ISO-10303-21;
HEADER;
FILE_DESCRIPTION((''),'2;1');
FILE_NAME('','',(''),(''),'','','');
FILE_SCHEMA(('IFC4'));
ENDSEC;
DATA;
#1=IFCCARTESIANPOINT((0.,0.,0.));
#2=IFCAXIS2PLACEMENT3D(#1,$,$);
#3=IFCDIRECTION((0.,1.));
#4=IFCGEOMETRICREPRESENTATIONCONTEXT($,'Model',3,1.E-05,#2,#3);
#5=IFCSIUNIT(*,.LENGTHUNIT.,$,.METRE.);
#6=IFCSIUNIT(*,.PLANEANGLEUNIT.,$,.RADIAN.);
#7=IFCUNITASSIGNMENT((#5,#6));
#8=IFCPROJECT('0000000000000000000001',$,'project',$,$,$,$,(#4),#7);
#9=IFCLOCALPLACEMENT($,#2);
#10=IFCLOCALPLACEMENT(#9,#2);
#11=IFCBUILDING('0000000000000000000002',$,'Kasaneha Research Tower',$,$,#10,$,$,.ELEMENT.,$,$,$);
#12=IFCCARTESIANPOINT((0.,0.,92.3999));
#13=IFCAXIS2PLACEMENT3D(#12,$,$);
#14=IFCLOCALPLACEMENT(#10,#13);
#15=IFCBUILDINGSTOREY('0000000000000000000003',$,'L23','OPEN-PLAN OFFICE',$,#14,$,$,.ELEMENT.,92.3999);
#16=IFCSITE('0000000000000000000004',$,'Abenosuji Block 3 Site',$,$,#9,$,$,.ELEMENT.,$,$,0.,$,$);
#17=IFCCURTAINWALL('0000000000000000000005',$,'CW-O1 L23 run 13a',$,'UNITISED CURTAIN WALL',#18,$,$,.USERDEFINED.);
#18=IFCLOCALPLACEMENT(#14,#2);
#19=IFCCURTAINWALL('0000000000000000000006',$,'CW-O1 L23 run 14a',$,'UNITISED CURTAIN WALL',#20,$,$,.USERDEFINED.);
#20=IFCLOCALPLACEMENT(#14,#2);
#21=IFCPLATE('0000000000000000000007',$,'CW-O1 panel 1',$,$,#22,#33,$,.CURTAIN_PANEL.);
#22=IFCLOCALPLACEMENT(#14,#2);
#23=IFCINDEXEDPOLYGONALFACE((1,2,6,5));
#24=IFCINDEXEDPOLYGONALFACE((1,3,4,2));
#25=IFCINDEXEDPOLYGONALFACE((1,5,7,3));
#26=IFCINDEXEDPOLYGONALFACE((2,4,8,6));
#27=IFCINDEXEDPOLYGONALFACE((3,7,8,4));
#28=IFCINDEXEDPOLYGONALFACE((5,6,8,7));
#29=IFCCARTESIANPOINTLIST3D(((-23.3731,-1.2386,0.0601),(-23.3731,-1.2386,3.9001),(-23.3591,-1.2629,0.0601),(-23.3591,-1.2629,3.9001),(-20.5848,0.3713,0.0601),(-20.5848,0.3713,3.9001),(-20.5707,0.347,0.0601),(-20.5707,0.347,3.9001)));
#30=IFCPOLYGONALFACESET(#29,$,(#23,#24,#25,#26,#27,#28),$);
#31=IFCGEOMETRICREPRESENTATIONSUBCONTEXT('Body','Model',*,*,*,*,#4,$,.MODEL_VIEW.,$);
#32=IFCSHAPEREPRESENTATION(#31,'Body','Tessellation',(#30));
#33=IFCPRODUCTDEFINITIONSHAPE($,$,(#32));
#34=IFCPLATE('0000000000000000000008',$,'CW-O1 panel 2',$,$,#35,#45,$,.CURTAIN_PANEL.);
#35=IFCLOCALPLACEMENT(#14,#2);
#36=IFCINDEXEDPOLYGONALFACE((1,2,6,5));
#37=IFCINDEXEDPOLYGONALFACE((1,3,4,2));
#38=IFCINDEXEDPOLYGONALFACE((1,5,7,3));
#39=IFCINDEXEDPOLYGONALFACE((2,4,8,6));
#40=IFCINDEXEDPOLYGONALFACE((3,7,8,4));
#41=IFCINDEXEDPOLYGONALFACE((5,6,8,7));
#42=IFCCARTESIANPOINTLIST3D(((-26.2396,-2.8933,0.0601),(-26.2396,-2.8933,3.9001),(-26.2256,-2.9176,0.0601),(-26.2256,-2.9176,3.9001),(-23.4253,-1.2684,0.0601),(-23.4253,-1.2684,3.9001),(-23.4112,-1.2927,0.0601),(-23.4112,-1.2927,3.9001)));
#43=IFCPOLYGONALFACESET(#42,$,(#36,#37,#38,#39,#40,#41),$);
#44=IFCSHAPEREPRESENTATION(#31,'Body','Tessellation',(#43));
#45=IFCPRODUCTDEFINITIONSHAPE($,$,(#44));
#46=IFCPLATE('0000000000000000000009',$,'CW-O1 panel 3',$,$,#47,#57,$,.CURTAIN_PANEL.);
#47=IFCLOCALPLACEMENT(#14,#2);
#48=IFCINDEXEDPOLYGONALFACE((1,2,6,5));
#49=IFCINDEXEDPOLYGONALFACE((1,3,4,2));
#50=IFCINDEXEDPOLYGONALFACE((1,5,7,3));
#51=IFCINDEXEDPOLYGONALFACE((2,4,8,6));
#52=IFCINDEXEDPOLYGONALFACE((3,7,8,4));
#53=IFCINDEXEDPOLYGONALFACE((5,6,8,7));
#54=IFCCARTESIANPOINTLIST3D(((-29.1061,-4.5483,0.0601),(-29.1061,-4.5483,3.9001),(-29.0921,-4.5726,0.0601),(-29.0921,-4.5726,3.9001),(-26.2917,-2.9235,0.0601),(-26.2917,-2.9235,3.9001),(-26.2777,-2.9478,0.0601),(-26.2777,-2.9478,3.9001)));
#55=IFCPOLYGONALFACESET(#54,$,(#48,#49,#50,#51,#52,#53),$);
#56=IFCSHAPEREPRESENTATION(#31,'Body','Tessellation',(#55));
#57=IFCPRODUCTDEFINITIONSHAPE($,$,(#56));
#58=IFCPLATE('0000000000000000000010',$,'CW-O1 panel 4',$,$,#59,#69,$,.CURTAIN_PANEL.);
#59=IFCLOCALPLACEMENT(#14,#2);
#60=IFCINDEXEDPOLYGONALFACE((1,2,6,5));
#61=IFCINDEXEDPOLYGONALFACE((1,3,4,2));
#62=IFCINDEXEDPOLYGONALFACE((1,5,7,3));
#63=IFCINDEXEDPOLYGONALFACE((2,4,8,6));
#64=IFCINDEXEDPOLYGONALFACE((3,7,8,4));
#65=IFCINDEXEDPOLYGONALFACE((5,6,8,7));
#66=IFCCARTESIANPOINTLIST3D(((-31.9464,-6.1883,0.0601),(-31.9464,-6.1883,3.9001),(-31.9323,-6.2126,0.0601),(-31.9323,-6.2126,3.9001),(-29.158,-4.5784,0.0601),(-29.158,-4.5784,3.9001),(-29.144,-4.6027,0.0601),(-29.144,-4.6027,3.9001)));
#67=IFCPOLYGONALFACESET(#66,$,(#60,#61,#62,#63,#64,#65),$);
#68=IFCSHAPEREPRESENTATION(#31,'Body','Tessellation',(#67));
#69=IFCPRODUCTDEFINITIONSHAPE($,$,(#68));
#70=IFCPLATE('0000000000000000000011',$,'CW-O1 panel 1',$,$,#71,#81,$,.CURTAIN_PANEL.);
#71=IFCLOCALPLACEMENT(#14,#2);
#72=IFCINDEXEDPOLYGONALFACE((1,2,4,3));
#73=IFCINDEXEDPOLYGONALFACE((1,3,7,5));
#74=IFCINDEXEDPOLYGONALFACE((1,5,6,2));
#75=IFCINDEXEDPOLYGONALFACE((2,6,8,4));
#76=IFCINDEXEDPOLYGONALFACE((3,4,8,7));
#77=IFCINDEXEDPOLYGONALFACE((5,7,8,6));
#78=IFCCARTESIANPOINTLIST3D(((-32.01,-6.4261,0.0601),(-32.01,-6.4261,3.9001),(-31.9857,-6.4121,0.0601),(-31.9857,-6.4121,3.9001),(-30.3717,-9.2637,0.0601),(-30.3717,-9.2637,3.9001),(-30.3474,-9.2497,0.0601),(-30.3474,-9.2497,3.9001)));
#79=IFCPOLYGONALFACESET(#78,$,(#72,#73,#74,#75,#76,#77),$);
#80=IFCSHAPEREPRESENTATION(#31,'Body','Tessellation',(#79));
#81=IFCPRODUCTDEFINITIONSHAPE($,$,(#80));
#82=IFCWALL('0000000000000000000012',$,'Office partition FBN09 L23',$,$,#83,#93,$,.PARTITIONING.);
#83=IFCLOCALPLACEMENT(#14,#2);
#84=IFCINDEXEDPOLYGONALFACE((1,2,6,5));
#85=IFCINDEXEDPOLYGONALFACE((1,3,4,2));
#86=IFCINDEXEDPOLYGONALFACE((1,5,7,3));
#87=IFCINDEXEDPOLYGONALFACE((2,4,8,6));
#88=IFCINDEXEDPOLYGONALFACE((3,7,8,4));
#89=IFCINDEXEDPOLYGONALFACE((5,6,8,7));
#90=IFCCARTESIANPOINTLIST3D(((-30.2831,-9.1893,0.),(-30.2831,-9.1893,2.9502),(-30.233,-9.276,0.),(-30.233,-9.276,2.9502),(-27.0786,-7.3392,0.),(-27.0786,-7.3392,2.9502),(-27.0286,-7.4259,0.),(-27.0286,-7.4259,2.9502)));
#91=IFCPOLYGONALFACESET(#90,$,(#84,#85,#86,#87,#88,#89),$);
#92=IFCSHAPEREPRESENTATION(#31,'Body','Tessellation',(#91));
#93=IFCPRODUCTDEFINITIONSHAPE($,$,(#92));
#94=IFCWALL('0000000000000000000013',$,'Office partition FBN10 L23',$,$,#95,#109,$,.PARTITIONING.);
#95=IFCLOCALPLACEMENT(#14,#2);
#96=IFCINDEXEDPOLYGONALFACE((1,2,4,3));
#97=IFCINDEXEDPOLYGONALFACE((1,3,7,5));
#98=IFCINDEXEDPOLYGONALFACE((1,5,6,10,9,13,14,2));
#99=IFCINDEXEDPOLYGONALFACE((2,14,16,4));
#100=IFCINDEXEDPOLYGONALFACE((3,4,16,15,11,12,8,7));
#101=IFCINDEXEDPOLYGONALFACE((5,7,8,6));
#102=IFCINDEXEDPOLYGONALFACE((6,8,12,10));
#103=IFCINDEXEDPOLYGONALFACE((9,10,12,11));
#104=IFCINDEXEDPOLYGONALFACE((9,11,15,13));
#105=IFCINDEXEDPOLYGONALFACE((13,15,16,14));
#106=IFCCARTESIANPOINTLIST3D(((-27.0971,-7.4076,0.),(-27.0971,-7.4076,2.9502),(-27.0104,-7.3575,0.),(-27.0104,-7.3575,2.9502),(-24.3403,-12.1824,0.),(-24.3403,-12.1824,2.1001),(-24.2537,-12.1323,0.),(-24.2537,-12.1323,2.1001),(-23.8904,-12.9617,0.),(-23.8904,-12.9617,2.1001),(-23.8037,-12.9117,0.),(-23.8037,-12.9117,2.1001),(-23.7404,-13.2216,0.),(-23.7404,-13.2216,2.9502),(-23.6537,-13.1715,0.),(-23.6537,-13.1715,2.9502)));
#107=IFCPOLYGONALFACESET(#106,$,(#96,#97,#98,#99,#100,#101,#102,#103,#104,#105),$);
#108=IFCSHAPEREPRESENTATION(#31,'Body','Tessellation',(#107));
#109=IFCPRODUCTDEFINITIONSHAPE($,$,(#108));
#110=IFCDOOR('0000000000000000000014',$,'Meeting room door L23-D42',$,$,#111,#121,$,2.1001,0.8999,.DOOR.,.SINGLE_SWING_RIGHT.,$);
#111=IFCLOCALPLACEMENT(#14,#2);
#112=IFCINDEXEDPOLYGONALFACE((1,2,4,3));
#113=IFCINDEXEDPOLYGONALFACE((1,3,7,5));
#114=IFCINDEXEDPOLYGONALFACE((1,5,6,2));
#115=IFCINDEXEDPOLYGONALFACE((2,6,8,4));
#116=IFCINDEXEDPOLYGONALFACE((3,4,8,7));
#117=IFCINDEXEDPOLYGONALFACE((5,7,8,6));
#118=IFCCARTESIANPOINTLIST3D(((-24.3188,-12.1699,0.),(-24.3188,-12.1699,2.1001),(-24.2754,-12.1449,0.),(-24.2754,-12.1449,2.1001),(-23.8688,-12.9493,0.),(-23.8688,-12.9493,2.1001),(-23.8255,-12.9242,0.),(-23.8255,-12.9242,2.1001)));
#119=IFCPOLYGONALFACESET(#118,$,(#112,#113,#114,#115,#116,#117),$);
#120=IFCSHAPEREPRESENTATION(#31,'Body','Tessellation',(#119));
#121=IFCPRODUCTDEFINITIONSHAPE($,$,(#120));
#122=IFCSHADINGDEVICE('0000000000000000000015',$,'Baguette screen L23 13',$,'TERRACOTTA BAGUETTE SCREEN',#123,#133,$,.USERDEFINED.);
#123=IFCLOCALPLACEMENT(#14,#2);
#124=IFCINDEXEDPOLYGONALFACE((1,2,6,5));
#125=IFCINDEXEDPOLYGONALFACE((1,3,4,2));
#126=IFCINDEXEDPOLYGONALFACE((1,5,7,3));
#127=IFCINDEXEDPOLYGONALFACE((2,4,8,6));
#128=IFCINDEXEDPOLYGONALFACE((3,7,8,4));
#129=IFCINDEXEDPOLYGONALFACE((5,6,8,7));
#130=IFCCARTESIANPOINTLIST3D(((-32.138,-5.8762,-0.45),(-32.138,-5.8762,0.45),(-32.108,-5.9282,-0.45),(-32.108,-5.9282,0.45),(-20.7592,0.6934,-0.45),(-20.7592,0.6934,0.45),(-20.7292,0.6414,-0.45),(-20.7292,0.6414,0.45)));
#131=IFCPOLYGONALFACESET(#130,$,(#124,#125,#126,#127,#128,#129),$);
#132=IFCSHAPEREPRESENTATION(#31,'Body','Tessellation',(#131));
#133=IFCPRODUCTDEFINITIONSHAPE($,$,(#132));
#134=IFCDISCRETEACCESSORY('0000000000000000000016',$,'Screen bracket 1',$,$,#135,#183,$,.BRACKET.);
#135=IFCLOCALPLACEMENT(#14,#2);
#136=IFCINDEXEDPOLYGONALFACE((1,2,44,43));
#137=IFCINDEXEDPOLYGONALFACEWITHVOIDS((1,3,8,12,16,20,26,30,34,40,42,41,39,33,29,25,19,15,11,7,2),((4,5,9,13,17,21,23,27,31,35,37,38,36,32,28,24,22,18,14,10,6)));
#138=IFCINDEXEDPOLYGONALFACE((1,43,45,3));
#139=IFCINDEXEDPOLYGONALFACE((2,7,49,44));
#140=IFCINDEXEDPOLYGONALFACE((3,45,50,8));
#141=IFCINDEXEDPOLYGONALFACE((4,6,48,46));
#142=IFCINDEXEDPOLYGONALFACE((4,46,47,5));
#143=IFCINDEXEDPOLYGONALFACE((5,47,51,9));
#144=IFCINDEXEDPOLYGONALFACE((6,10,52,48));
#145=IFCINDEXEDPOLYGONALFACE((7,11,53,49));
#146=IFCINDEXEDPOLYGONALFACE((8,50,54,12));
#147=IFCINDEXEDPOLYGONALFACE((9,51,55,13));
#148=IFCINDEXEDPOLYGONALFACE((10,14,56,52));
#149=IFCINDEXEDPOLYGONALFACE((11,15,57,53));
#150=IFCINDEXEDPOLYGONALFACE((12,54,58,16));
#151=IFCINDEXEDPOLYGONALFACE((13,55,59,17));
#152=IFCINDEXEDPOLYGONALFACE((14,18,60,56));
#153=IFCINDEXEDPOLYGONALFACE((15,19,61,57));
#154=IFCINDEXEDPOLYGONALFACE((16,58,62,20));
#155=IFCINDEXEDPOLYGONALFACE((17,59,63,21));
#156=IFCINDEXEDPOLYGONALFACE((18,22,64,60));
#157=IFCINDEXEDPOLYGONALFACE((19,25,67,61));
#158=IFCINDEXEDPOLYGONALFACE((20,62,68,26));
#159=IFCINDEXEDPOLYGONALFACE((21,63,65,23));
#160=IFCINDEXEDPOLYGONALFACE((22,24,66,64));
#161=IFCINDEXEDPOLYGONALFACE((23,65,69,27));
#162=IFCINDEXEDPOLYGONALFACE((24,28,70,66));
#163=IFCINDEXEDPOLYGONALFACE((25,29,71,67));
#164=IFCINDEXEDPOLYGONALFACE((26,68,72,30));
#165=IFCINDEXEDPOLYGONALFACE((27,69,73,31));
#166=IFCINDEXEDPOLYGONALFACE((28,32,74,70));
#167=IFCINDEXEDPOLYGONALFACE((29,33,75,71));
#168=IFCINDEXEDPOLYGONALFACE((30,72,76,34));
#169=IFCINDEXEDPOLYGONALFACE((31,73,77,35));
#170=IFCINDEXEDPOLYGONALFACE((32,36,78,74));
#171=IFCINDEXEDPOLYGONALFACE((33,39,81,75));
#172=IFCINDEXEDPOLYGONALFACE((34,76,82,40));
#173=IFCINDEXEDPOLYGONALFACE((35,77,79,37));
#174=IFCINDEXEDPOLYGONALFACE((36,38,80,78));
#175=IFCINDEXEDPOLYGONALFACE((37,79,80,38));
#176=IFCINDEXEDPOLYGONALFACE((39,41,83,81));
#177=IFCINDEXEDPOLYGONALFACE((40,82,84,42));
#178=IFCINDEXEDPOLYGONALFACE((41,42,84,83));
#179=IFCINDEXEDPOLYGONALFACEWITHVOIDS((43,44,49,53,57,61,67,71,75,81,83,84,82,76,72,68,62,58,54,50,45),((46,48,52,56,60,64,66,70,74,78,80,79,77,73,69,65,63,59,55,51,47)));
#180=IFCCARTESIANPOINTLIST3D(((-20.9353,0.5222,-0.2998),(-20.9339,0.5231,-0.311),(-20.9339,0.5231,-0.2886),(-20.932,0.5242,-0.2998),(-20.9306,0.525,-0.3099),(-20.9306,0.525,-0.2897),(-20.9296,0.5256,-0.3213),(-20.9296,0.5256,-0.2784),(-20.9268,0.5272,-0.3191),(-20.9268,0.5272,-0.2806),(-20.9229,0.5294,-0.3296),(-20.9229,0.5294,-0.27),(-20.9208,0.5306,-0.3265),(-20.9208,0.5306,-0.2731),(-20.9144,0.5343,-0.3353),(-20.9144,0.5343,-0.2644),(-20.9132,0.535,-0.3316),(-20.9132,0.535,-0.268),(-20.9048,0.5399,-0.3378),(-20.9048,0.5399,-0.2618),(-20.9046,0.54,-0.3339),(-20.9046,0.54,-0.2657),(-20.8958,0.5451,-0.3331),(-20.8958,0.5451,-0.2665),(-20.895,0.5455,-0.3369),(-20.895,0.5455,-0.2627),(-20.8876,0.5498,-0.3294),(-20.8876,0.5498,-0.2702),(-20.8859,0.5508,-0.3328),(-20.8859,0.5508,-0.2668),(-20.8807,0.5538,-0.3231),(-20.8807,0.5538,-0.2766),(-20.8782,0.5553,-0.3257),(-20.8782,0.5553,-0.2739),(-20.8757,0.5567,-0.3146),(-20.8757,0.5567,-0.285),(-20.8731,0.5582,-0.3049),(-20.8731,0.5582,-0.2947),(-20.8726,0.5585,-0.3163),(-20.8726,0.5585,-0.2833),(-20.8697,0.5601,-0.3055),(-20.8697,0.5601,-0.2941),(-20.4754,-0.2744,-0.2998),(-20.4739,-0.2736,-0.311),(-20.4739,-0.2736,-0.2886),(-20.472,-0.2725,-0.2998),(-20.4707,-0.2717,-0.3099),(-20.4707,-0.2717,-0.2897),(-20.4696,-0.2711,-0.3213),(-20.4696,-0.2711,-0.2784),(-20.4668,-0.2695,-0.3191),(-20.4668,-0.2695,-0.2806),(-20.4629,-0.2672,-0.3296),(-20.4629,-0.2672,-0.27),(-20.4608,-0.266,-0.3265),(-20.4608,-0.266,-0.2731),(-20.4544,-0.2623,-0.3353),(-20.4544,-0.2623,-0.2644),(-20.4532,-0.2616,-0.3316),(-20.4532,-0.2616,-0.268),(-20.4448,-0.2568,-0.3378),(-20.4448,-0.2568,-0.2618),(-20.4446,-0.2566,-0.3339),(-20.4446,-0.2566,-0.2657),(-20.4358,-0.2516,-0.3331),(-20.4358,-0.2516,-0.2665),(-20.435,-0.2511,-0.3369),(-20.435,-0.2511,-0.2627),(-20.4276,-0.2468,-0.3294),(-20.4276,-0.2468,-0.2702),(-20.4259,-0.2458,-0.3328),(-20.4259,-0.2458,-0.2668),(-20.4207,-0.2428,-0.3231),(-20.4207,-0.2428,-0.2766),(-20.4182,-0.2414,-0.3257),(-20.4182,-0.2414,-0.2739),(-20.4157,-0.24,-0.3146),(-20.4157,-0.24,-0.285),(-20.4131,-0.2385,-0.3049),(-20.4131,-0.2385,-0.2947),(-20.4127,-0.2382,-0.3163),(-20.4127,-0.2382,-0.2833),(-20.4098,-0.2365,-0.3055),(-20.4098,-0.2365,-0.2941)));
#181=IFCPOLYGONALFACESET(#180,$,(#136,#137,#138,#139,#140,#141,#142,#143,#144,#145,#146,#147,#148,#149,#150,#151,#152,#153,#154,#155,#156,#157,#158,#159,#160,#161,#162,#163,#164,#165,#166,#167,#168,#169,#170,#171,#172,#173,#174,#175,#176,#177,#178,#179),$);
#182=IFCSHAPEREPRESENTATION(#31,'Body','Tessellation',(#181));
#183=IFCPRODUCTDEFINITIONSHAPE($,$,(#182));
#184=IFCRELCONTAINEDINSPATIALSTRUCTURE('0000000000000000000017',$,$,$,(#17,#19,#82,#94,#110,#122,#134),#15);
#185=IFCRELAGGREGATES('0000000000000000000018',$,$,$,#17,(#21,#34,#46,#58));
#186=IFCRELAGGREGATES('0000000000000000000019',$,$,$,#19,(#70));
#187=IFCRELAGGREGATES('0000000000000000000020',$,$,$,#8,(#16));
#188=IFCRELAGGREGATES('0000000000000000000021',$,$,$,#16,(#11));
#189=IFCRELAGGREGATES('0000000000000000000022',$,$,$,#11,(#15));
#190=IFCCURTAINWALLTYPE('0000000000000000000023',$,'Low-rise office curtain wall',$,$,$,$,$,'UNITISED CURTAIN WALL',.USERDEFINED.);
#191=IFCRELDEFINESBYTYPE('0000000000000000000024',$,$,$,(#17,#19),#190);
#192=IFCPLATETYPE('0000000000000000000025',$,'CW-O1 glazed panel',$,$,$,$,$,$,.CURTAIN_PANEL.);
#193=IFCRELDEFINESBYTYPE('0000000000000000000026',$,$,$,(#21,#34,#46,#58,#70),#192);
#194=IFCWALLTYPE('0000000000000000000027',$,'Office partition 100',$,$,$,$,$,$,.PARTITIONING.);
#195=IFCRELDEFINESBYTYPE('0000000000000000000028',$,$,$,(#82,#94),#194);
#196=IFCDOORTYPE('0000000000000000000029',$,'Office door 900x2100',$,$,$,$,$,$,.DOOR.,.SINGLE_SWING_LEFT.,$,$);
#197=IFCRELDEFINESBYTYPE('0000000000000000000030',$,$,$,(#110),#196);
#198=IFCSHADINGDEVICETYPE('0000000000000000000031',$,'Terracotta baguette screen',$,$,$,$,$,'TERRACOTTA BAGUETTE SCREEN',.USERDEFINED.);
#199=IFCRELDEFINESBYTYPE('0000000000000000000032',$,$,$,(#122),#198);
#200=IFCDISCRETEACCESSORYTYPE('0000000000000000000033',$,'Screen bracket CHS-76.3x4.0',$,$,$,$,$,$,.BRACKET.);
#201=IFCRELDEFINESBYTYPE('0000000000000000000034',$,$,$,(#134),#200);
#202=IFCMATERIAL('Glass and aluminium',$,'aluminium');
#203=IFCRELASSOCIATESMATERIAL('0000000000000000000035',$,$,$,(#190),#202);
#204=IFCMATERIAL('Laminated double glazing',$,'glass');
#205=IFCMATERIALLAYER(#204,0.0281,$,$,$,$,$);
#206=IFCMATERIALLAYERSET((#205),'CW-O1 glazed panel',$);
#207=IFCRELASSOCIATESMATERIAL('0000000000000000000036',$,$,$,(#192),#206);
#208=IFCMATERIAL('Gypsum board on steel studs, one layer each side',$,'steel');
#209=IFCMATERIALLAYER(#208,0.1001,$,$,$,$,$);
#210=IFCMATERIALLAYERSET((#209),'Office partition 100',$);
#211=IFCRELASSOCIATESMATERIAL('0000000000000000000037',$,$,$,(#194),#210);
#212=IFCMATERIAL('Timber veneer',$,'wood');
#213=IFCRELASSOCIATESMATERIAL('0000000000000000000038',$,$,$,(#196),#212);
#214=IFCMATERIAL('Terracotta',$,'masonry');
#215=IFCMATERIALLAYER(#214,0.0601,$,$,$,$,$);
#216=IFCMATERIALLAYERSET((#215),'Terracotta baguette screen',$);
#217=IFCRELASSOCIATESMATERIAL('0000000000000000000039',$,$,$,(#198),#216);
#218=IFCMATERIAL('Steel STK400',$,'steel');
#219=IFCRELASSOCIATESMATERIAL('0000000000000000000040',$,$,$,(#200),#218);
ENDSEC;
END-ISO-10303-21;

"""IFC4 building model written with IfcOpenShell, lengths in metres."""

from ifc_helpers import new_model, si_unit, direction, frame, frame_2d, origin, origin_2d, place, context, subcontext, project, spatial, rectangle, hollow_circle, extrude, material, layer, layer_set, material_profile, profile_set, type_object, element, fill, aggregate, save


model = new_model("IFC4")

# Units and contexts
model_context = context("Model", 3, precision=1e-05, world=origin(), true_north=direction((0.0, 1.0)))
body_context = subcontext(model_context, "Body", "Model", "MODEL_VIEW")
ifc_project = project(units=[si_unit("LENGTHUNIT", "METRE"), si_unit("PLANEANGLEUNIT", "RADIAN")], contexts=[model_context])

# Site, building, storey
site_placement = place(None, origin())
site = spatial("IfcSite", under=ifc_project, at=site_placement, Name="Abenosuji Block 3 Site", CompositionType="ELEMENT", RefElevation=0.0)
building_placement = place(site_placement, origin())
building = spatial("IfcBuilding", under=site, at=building_placement, Name="Kasaneha Research Tower", CompositionType="ELEMENT")
storey_placement = place(building_placement, frame((0.0, 0.0, 92.3999)))
storey = spatial("IfcBuildingStorey", under=building, at=storey_placement, Name="L23", Description="OPEN-PLAN OFFICE", CompositionType="ELEMENT", Elevation=92.3999)

# Curtain walls
ifc_material_1 = material(Name="Glass and aluminium", Category="aluminium")
curtain_wall_type = type_object("IfcCurtainWallType", Name="Low-rise office curtain wall", ElementType="UNITISED CURTAIN WALL", PredefinedType="USERDEFINED", material=ifc_material_1)
curtain_wall_1_placement = place(storey_placement, origin())
curtain_wall_1 = element("IfcCurtainWall", 1, at=curtain_wall_1_placement, inside=storey, type_object=curtain_wall_type, Name="CW-O1 L23 run 13a", ObjectType="UNITISED CURTAIN WALL", PredefinedType="USERDEFINED")
curtain_wall_2_placement = place(storey_placement, origin())
curtain_wall_2 = element("IfcCurtainWall", 2, at=curtain_wall_2_placement, inside=storey, type_object=curtain_wall_type, Name="CW-O1 L23 run 14a", ObjectType="UNITISED CURTAIN WALL", PredefinedType="USERDEFINED")

# Plates
ifc_material_2 = material(Name="Laminated double glazing", Category="glass")
ifc_layer_1 = layer(ifc_material_2, 0.0281)
ifc_layer_set_1 = layer_set([ifc_layer_1], Name="CW-O1 glazed panel")
plate_type = type_object("IfcPlateType", Name="CW-O1 glazed panel", PredefinedType="CURTAIN_PANEL", material=ifc_layer_set_1)
plate_1_placement = place(storey_placement, frame((-21.9719, -0.4458, 0.0601), z_axis=(0.0, 0.0, 1.0), x_axis=(-0.866025, -0.5, 0.0)))
plate_1 = element("IfcPlate", 3, at=plate_1_placement, type_object=plate_type, Name="CW-O1 panel 1", PredefinedType="CURTAIN_PANEL", context=body_context, shape_type="SweptSolid", body=[
    extrude(rectangle(XDim=3.2197, YDim=0.0281, at=origin_2d()), origin(), (0.0, 0.0, 1.0), 3.8401),
])
plate_2_placement = place(storey_placement, frame((-24.8254, -2.093, 0.0601), z_axis=(0.0, 0.0, 1.0), x_axis=(-0.866025, -0.5, 0.0)))
plate_2 = element("IfcPlate", 4, at=plate_2_placement, type_object=plate_type, Name="CW-O1 panel 2", PredefinedType="CURTAIN_PANEL", context=body_context, shape_type="SweptSolid", body=[
    extrude(rectangle(XDim=3.2498, YDim=0.0281, at=origin_2d()), origin(), (0.0, 0.0, 1.0), 3.8401),
])
plate_3_placement = place(storey_placement, frame((-27.6919, -3.748, 0.0601), z_axis=(0.0, 0.0, 1.0), x_axis=(-0.866025, -0.5, 0.0)))
plate_3 = element("IfcPlate", 5, at=plate_3_placement, type_object=plate_type, Name="CW-O1 panel 3", PredefinedType="CURTAIN_PANEL", context=body_context, shape_type="SweptSolid", body=[
    extrude(rectangle(XDim=3.2498, YDim=0.0281, at=origin_2d()), origin(), (0.0, 0.0, 1.0), 3.8401),
])
plate_4_placement = place(storey_placement, frame((-30.5452, -5.3955, 0.0601), z_axis=(0.0, 0.0, 1.0), x_axis=(-0.866025, -0.5, 0.0)))
plate_4 = element("IfcPlate", 6, at=plate_4_placement, type_object=plate_type, Name="CW-O1 panel 4", PredefinedType="CURTAIN_PANEL", context=body_context, shape_type="SweptSolid", body=[
    extrude(rectangle(XDim=3.2197, YDim=0.0281, at=origin_2d()), origin(), (0.0, 0.0, 1.0), 3.8401),
])
aggregate(curtain_wall_1, [plate_1, plate_2, plate_3, plate_4])
plate_5_placement = place(storey_placement, frame((-31.1787, -7.8379, 0.0601), z_axis=(0.0, 0.0, 1.0), x_axis=(0.5, -0.866025, 0.0)))
plate_5 = element("IfcPlate", 7, at=plate_5_placement, type_object=plate_type, Name="CW-O1 panel 1", PredefinedType="CURTAIN_PANEL", context=body_context, shape_type="SweptSolid", body=[
    extrude(rectangle(XDim=3.2766, YDim=0.0281, at=origin_2d()), origin(), (0.0, 0.0, 1.0), 3.8401),
])
aggregate(curtain_wall_2, [plate_5])

# Wall
ifc_material_3 = material(Name="Gypsum board on steel studs, one layer each side", Category="steel")
ifc_layer_2 = layer(ifc_material_3, 0.1001)
ifc_layer_set_2 = layer_set([ifc_layer_2], Name="Office partition 100")
wall_type = type_object("IfcWallType", Name="Office partition 100", PredefinedType="PARTITIONING", material=ifc_layer_set_2)
wall_1_placement = place(storey_placement, frame((-30.2581, -9.2327, 0.0), z_axis=(0.0, 0.0, 1.0), x_axis=(0.866017, 0.500014, 0.0)))
element("IfcWall", 8, at=wall_1_placement, inside=storey, type_object=wall_type, Name="Office partition FBN09 L23", PredefinedType="PARTITIONING", context=body_context, shape_type="SweptSolid", body=[
    extrude(rectangle(XDim=3.7002, YDim=0.1001, at=frame_2d((1.8501, 0.0))), origin(), (0.0, 0.0, 1.0), 2.9502),
])

# Wall, opening, door
wall_2_placement = place(storey_placement, frame((-27.0537, -7.3826, 0.0), z_axis=(0.0, 0.0, 1.0), x_axis=(0.499999, -0.866026, 0.0)))
wall_2 = element("IfcWall", 9, at=wall_2_placement, inside=storey, type_object=wall_type, Name="Office partition FBN10 L23", PredefinedType="PARTITIONING", context=body_context, shape_type="SweptSolid", body=[
    extrude(rectangle(XDim=6.7134, YDim=0.1001, at=frame_2d((3.3567, 0.0))), origin(), (0.0, 0.0, 1.0), 2.9502),
])
opening_placement = place(wall_2_placement, frame((5.5134, 0.0, 0.0)))
opening = element("IfcOpeningElement", 10, at=opening_placement, cuts=wall_2, PredefinedType="OPENING", context=body_context, shape_type="SweptSolid", body=[
    extrude(rectangle(XDim=0.8999, YDim=2.1001, at=frame_2d((0.45, 1.05))), frame((0.0, 0.0601, 0.0), z_axis=(0.0, -1.0, 0.0), x_axis=(1.0, 0.0, 0.0)), (0.0, 0.0, 1.0), 0.1201),
])
ifc_material_4 = material(Name="Timber veneer", Category="wood")
door_type = type_object("IfcDoorType", Name="Office door 900x2100", OperationType="SINGLE_SWING_LEFT", PredefinedType="DOOR", material=ifc_material_4)
door_placement = place(opening_placement, origin())
door = element("IfcDoor", 11, at=door_placement, inside=storey, type_object=door_type, Name="Meeting room door L23-D42", OperationType="SINGLE_SWING_RIGHT", OverallHeight=2.1001, OverallWidth=0.8999, PredefinedType="DOOR", context=body_context, shape_type="SweptSolid", body=[
    extrude(rectangle(XDim=0.8999, YDim=2.1001, at=frame_2d((0.45, 1.05))), frame((0.0, 0.0249, 0.0), z_axis=(0.0, -1.0, 0.0), x_axis=(1.0, 0.0, 0.0)), (0.0, 0.0, 1.0), 0.05),
])
fill(opening, door)

# Shading device
ifc_material_5 = material(Name="Terracotta", Category="masonry")
ifc_layer_3 = layer(ifc_material_5, 0.0601)
ifc_layer_set_3 = layer_set([ifc_layer_3], Name="Terracotta baguette screen")
shading_device_type = type_object("IfcShadingDeviceType", Name="Terracotta baguette screen", ElementType="TERRACOTTA BAGUETTE SCREEN", PredefinedType="USERDEFINED", material=ifc_layer_set_3)
shading_device_placement = place(storey_placement, frame((-26.4336, -2.6174, -0.45), z_axis=(0.0, 0.0, 1.0), x_axis=(-0.866025, -0.5, 0.0)))
element("IfcShadingDevice", 12, at=shading_device_placement, inside=storey, type_object=shading_device_type, Name="Baguette screen L23 13", ObjectType="TERRACOTTA BAGUETTE SCREEN", PredefinedType="USERDEFINED", context=body_context, shape_type="SweptSolid", body=[
    extrude(rectangle(XDim=13.1392, YDim=0.0601, at=origin_2d()), origin(), (0.0, 0.0, 1.0), 0.8999),
])

# Discrete accessory
ifc_material_6 = material(Name="Steel STK400", Category="steel")
ifc_material_profile_1 = material_profile(ifc_material_6, hollow_circle(Radius=0.0381, WallThickness=0.0039, at=origin_2d()), Name="CHS-76.3x4.0")
ifc_profile_set_1 = profile_set([ifc_material_profile_1], Name="Steel STK400")
discrete_accessory_type = type_object("IfcDiscreteAccessoryType", Name="Screen bracket CHS-76.3x4.0", PredefinedType="BRACKET", material=ifc_profile_set_1)
discrete_accessory_1_placement = place(storey_placement, frame((-20.4424, -0.2554, -0.2998), z_axis=(-0.500021, 0.866013, 0.0), x_axis=(-0.866013, -0.500021, 0.0)))
element("IfcDiscreteAccessory", 13, at=discrete_accessory_1_placement, inside=storey, type_object=discrete_accessory_type, Name="Screen bracket 1", PredefinedType="BRACKET", context=body_context, shape_type="SweptSolid", body=[
    extrude(hollow_circle(Radius=0.0381, WallThickness=0.0039, at=origin_2d()), origin(), (0.0, 0.0, 1.0), 0.9199),
])

save(model, "model.ifc")
